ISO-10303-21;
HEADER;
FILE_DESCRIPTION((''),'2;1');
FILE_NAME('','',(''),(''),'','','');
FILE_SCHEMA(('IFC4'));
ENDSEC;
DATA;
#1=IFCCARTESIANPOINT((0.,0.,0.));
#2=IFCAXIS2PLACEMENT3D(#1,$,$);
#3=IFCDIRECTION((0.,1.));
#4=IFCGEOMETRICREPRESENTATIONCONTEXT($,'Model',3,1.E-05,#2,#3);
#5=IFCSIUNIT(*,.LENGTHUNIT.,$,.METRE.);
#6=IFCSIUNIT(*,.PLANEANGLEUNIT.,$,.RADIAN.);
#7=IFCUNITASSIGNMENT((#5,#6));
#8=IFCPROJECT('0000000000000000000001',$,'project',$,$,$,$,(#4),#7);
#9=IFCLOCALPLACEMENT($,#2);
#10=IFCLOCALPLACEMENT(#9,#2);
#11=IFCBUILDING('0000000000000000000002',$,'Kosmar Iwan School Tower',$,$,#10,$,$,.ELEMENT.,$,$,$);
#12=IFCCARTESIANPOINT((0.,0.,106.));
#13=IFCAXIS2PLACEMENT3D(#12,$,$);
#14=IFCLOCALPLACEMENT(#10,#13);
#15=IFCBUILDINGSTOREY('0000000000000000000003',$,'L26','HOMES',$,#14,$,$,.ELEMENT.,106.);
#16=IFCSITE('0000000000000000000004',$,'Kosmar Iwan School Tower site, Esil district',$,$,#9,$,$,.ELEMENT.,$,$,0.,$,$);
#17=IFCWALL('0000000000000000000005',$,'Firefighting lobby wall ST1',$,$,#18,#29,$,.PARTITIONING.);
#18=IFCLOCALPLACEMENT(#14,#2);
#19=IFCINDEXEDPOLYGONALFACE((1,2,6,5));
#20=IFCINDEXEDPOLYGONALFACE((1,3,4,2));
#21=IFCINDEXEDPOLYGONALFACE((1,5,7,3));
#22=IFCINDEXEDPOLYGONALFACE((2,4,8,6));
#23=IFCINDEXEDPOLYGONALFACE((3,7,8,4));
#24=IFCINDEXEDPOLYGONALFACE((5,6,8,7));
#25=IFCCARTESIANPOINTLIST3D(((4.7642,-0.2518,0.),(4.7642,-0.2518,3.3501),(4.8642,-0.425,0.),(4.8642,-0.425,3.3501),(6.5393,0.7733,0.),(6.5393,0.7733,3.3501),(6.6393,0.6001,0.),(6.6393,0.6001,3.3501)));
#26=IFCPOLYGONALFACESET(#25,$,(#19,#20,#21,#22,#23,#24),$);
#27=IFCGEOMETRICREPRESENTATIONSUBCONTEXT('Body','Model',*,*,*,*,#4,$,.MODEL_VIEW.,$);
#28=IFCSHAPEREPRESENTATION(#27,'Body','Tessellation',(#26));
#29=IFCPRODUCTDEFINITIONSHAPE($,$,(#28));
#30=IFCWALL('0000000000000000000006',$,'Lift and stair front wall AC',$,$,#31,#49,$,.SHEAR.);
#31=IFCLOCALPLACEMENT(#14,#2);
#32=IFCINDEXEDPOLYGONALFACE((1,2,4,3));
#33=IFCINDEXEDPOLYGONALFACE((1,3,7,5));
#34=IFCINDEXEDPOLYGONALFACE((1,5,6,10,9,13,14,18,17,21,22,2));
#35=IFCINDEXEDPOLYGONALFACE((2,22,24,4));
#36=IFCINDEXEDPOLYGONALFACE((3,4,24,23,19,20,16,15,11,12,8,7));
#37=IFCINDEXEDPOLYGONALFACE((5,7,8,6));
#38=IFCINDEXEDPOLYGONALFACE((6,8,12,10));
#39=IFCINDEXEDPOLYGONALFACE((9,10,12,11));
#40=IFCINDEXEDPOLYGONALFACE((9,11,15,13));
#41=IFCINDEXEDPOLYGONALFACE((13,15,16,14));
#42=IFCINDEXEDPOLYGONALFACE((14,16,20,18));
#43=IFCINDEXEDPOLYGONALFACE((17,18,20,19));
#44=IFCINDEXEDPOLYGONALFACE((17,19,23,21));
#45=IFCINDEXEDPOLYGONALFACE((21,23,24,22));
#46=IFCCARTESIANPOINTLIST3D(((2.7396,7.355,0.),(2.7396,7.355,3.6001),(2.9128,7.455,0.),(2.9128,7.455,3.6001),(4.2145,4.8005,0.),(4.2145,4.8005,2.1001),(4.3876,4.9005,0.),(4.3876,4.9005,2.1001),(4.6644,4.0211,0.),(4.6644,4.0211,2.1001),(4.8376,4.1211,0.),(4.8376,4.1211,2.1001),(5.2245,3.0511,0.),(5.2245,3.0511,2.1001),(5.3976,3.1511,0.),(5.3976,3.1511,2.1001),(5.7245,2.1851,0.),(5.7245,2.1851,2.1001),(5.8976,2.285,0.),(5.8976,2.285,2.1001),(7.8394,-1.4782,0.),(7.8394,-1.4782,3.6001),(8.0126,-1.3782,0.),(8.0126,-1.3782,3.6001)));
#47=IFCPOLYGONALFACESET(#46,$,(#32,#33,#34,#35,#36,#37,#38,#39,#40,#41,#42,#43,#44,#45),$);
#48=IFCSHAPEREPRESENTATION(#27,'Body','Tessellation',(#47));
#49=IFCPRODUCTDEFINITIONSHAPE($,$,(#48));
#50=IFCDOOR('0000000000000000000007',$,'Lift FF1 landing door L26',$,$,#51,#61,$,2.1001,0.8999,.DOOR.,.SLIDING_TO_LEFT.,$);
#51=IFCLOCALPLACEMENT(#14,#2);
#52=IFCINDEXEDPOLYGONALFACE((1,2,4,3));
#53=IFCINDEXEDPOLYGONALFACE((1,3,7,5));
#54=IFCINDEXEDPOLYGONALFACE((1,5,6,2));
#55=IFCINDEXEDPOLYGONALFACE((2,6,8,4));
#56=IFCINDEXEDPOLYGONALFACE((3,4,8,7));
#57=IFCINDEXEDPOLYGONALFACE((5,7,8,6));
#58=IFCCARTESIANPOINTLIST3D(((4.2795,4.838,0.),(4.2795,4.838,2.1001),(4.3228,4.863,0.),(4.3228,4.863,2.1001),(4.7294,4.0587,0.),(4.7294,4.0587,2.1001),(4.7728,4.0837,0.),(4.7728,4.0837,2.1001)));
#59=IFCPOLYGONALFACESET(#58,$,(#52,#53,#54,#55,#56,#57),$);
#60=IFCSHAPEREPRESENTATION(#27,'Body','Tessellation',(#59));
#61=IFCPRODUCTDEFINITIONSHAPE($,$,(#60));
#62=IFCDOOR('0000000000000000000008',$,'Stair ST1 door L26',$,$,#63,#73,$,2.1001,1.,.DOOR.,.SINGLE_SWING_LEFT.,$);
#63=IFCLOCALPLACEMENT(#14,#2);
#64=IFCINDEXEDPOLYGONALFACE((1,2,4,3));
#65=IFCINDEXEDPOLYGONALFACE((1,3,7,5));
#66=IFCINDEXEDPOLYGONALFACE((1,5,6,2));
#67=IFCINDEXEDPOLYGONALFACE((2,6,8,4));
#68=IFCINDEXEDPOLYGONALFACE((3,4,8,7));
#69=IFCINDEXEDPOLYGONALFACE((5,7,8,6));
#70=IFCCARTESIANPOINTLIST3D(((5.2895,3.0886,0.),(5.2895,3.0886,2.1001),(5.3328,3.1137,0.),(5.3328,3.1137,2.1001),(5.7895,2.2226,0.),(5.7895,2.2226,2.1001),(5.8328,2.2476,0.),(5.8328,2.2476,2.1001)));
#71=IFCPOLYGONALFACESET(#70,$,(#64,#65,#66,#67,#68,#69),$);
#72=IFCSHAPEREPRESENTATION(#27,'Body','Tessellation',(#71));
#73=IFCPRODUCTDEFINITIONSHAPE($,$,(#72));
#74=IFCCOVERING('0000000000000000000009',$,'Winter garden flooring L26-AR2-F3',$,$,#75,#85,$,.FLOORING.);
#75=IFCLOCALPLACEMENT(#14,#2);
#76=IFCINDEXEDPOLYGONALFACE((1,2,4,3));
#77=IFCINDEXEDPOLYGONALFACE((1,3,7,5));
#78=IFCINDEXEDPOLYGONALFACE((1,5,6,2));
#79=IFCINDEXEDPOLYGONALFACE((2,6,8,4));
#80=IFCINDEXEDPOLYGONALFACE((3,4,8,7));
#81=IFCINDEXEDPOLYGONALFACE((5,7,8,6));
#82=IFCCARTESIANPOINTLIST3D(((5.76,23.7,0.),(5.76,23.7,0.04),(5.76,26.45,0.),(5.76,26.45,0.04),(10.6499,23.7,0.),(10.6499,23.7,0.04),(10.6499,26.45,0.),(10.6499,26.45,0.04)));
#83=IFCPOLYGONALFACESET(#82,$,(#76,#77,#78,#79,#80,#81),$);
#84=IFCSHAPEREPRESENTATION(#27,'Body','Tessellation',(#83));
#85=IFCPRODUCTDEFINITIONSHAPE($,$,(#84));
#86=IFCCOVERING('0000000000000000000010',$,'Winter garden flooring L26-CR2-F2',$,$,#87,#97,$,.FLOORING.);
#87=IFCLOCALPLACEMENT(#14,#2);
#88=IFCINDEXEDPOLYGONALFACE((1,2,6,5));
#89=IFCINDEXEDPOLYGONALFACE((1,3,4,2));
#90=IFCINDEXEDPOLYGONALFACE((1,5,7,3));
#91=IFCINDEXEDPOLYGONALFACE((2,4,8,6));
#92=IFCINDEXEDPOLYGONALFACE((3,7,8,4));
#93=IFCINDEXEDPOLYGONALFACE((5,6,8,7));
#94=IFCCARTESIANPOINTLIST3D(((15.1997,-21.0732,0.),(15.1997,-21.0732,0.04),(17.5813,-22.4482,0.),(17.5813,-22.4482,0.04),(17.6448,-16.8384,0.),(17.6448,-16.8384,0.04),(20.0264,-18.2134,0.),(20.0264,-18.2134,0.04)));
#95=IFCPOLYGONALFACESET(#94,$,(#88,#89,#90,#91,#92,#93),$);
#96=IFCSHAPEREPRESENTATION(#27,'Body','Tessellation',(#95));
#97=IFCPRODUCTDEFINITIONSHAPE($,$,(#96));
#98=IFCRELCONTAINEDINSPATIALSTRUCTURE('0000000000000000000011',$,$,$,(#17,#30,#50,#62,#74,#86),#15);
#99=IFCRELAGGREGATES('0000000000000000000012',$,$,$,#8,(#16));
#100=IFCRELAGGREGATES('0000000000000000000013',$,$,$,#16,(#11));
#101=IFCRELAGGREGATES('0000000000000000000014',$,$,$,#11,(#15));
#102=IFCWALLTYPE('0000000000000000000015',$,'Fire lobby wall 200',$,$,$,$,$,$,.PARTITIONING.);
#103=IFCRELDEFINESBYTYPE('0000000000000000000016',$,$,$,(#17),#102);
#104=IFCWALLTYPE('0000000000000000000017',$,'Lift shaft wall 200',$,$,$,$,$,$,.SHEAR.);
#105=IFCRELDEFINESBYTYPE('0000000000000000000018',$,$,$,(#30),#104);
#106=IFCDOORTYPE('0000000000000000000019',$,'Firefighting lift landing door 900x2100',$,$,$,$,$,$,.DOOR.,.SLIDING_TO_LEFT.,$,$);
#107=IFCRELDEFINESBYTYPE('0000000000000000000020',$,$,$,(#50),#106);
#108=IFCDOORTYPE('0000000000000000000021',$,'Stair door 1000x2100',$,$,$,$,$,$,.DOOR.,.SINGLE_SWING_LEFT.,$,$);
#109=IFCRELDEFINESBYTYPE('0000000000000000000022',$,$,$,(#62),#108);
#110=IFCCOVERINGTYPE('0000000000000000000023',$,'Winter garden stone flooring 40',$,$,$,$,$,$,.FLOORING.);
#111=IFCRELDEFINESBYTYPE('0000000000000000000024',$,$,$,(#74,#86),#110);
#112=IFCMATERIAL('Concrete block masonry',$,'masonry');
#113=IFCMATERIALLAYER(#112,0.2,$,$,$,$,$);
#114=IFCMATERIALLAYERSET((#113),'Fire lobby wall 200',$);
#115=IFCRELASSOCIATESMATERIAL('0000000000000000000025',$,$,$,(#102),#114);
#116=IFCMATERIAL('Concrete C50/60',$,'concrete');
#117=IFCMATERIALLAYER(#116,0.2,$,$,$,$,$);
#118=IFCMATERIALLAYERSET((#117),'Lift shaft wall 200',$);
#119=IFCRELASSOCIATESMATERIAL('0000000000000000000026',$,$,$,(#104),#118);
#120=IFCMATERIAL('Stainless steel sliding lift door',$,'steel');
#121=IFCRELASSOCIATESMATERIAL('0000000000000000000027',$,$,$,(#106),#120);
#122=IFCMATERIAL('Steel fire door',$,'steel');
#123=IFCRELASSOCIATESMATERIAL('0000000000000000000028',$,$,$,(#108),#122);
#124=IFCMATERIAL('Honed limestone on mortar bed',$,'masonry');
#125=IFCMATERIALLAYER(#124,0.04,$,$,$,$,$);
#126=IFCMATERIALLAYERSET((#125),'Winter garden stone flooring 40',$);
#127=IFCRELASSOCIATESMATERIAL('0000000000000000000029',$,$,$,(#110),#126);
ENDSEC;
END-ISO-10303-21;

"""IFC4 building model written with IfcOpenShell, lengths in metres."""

from ifc_helpers import new_model, si_unit, direction, frame, frame_2d, origin, place, context, subcontext, project, spatial, polyline, rectangle, outline, extrude, material, layer, layer_set, type_object, element, fill, save


model = new_model("IFC4")

# Units and contexts
model_context = context("Model", 3, precision=1e-05, world=origin(), true_north=direction((0.0, 1.0)))
body_context = subcontext(model_context, "Body", "Model", "MODEL_VIEW")
ifc_project = project(units=[si_unit("LENGTHUNIT", "METRE"), si_unit("PLANEANGLEUNIT", "RADIAN")], contexts=[model_context])

# Site, building, storey
site_placement = place(None, origin())
site = spatial("IfcSite", under=ifc_project, at=site_placement, Name="Kosmar Iwan School Tower site, Esil district", CompositionType="ELEMENT", RefElevation=0.0)
building_placement = place(site_placement, origin())
building = spatial("IfcBuilding", under=site, at=building_placement, Name="Kosmar Iwan School Tower", CompositionType="ELEMENT")
storey_placement = place(building_placement, frame((0.0, 0.0, 106.0)))
storey = spatial("IfcBuildingStorey", under=building, at=storey_placement, Name="L26", Description="HOMES", CompositionType="ELEMENT", Elevation=106.0)

# Shared definitions
ifc_material_1 = material(Name="Concrete block masonry", Category="masonry")
ifc_layer_1 = layer(ifc_material_1, 0.2)
ifc_layer_set_1 = layer_set([ifc_layer_1], Name="Fire lobby wall 200")
wall_type_1 = type_object("IfcWallType", Name="Fire lobby wall 200", PredefinedType="PARTITIONING", material=ifc_layer_set_1)

# Wall
wall_1_placement = place(storey_placement, frame((4.8142, -0.3384, 0.0), z_axis=(0.0, 0.0, 1.0), x_axis=(0.865969, 0.500097, 0.0)))
element("IfcWall", 1, at=wall_1_placement, inside=storey, type_object=wall_type_1, Name="Firefighting lobby wall ST1", PredefinedType="PARTITIONING", context=body_context, shape_type="SweptSolid", body=[
    extrude(rectangle(XDim=2.0498, YDim=0.2, at=frame_2d((1.0249, 0.0))), origin(), (0.0, 0.0, 1.0), 3.3501),
])

# Wall, openings, doors
ifc_material_2 = material(Name="Concrete C50/60", Category="concrete")
ifc_layer_2 = layer(ifc_material_2, 0.2)
ifc_layer_set_2 = layer_set([ifc_layer_2], Name="Lift shaft wall 200")
wall_type_2 = type_object("IfcWallType", Name="Lift shaft wall 200", PredefinedType="SHEAR", material=ifc_layer_set_2)
wall_2_placement = place(storey_placement, frame((7.926, -1.4282, 0.0), z_axis=(0.0, 0.0, 1.0), x_axis=(-0.499998, 0.866027, 0.0)))
wall_2 = element("IfcWall", 2, at=wall_2_placement, inside=storey, type_object=wall_type_2, Name="Lift and stair front wall AC", PredefinedType="SHEAR", context=body_context, shape_type="SweptSolid", body=[
    extrude(rectangle(XDim=10.1997, YDim=0.2, at=frame_2d((5.0999, 0.0))), origin(), (0.0, 0.0, 1.0), 3.6001),
])
opening_1_placement = place(wall_2_placement, frame((6.3501, 0.0, 0.0)))
opening_1 = element("IfcOpeningElement", 3, at=opening_1_placement, cuts=wall_2, PredefinedType="OPENING", context=body_context, shape_type="SweptSolid", body=[
    extrude(rectangle(XDim=0.8999, YDim=2.1001, at=frame_2d((0.45, 1.05))), frame((0.0, 0.1121, 0.0), z_axis=(0.0, -1.0, 0.0), x_axis=(1.0, 0.0, 0.0)), (0.0, 0.0, 1.0), 0.2239),
])
opening_2_placement = place(wall_2_placement, frame((4.23, 0.0, 0.0)))
opening_2 = element("IfcOpeningElement", 4, at=opening_2_placement, cuts=wall_2, PredefinedType="OPENING", context=body_context, shape_type="SweptSolid", body=[
    extrude(rectangle(XDim=1.0, YDim=2.1001, at=frame_2d((0.5, 1.05))), frame((0.0, 0.1121, 0.0), z_axis=(0.0, -1.0, 0.0), x_axis=(1.0, 0.0, 0.0)), (0.0, 0.0, 1.0), 0.2239),
])
ifc_material_3 = material(Name="Stainless steel sliding lift door", Category="steel")
door_type_1 = type_object("IfcDoorType", Name="Firefighting lift landing door 900x2100", OperationType="SLIDING_TO_LEFT", PredefinedType="DOOR", material=ifc_material_3)
door_1_placement = place(opening_1_placement, origin())
door_1 = element("IfcDoor", 5, at=door_1_placement, inside=storey, type_object=door_type_1, Name="Lift FF1 landing door L26", OperationType="SLIDING_TO_LEFT", OverallHeight=2.1001, OverallWidth=0.8999, PredefinedType="DOOR", context=body_context, shape_type="SweptSolid", body=[
    extrude(rectangle(XDim=0.8999, YDim=2.1001, at=frame_2d((0.45, 1.05))), frame((0.0, 0.0249, 0.0), z_axis=(0.0, -1.0, 0.0), x_axis=(1.0, 0.0, 0.0)), (0.0, 0.0, 1.0), 0.05),
])
fill(opening_1, door_1)
ifc_material_4 = material(Name="Steel fire door", Category="steel")
door_type_2 = type_object("IfcDoorType", Name="Stair door 1000x2100", OperationType="SINGLE_SWING_LEFT", PredefinedType="DOOR", material=ifc_material_4)
door_2_placement = place(opening_2_placement, origin())
door_2 = element("IfcDoor", 6, at=door_2_placement, inside=storey, type_object=door_type_2, Name="Stair ST1 door L26", OperationType="SINGLE_SWING_LEFT", OverallHeight=2.1001, OverallWidth=1.0, PredefinedType="DOOR", context=body_context, shape_type="SweptSolid", body=[
    extrude(rectangle(XDim=1.0, YDim=2.1001, at=frame_2d((0.5, 1.05))), frame((0.0, 0.0249, 0.0), z_axis=(0.0, -1.0, 0.0), x_axis=(1.0, 0.0, 0.0)), (0.0, 0.0, 1.0), 0.05),
])
fill(opening_2, door_2)

# Coverings
ifc_material_5 = material(Name="Honed limestone on mortar bed", Category="masonry")
ifc_layer_3 = layer(ifc_material_5, 0.04)
ifc_layer_set_3 = layer_set([ifc_layer_3], Name="Winter garden stone flooring 40")
covering_type = type_object("IfcCoveringType", Name="Winter garden stone flooring 40", PredefinedType="FLOORING", material=ifc_layer_set_3)
covering_1_placement = place(storey_placement, origin())
element("IfcCovering", 7, at=covering_1_placement, inside=storey, type_object=covering_type, Name="Winter garden flooring L26-AR2-F3", PredefinedType="FLOORING", context=body_context, shape_type="SweptSolid", body=[
    extrude(outline(polyline([(5.76, 23.7), (10.6499, 23.7), (10.6499, 26.45), (5.76, 26.45), (5.76, 23.7)])), origin(), (0.0, 0.0, 1.0), 0.04),
])
covering_2_placement = place(storey_placement, origin())
element("IfcCovering", 8, at=covering_2_placement, inside=storey, type_object=covering_type, Name="Winter garden flooring L26-CR2-F2", PredefinedType="FLOORING", context=body_context, shape_type="SweptSolid", body=[
    extrude(outline(polyline([(17.5813, -22.4482), (20.0264, -18.2134), (17.6448, -16.8384), (15.1997, -21.0732), (17.5813, -22.4482)])), origin(), (0.0, 0.0, 1.0), 0.04),
])

save(model, "model.ifc")
